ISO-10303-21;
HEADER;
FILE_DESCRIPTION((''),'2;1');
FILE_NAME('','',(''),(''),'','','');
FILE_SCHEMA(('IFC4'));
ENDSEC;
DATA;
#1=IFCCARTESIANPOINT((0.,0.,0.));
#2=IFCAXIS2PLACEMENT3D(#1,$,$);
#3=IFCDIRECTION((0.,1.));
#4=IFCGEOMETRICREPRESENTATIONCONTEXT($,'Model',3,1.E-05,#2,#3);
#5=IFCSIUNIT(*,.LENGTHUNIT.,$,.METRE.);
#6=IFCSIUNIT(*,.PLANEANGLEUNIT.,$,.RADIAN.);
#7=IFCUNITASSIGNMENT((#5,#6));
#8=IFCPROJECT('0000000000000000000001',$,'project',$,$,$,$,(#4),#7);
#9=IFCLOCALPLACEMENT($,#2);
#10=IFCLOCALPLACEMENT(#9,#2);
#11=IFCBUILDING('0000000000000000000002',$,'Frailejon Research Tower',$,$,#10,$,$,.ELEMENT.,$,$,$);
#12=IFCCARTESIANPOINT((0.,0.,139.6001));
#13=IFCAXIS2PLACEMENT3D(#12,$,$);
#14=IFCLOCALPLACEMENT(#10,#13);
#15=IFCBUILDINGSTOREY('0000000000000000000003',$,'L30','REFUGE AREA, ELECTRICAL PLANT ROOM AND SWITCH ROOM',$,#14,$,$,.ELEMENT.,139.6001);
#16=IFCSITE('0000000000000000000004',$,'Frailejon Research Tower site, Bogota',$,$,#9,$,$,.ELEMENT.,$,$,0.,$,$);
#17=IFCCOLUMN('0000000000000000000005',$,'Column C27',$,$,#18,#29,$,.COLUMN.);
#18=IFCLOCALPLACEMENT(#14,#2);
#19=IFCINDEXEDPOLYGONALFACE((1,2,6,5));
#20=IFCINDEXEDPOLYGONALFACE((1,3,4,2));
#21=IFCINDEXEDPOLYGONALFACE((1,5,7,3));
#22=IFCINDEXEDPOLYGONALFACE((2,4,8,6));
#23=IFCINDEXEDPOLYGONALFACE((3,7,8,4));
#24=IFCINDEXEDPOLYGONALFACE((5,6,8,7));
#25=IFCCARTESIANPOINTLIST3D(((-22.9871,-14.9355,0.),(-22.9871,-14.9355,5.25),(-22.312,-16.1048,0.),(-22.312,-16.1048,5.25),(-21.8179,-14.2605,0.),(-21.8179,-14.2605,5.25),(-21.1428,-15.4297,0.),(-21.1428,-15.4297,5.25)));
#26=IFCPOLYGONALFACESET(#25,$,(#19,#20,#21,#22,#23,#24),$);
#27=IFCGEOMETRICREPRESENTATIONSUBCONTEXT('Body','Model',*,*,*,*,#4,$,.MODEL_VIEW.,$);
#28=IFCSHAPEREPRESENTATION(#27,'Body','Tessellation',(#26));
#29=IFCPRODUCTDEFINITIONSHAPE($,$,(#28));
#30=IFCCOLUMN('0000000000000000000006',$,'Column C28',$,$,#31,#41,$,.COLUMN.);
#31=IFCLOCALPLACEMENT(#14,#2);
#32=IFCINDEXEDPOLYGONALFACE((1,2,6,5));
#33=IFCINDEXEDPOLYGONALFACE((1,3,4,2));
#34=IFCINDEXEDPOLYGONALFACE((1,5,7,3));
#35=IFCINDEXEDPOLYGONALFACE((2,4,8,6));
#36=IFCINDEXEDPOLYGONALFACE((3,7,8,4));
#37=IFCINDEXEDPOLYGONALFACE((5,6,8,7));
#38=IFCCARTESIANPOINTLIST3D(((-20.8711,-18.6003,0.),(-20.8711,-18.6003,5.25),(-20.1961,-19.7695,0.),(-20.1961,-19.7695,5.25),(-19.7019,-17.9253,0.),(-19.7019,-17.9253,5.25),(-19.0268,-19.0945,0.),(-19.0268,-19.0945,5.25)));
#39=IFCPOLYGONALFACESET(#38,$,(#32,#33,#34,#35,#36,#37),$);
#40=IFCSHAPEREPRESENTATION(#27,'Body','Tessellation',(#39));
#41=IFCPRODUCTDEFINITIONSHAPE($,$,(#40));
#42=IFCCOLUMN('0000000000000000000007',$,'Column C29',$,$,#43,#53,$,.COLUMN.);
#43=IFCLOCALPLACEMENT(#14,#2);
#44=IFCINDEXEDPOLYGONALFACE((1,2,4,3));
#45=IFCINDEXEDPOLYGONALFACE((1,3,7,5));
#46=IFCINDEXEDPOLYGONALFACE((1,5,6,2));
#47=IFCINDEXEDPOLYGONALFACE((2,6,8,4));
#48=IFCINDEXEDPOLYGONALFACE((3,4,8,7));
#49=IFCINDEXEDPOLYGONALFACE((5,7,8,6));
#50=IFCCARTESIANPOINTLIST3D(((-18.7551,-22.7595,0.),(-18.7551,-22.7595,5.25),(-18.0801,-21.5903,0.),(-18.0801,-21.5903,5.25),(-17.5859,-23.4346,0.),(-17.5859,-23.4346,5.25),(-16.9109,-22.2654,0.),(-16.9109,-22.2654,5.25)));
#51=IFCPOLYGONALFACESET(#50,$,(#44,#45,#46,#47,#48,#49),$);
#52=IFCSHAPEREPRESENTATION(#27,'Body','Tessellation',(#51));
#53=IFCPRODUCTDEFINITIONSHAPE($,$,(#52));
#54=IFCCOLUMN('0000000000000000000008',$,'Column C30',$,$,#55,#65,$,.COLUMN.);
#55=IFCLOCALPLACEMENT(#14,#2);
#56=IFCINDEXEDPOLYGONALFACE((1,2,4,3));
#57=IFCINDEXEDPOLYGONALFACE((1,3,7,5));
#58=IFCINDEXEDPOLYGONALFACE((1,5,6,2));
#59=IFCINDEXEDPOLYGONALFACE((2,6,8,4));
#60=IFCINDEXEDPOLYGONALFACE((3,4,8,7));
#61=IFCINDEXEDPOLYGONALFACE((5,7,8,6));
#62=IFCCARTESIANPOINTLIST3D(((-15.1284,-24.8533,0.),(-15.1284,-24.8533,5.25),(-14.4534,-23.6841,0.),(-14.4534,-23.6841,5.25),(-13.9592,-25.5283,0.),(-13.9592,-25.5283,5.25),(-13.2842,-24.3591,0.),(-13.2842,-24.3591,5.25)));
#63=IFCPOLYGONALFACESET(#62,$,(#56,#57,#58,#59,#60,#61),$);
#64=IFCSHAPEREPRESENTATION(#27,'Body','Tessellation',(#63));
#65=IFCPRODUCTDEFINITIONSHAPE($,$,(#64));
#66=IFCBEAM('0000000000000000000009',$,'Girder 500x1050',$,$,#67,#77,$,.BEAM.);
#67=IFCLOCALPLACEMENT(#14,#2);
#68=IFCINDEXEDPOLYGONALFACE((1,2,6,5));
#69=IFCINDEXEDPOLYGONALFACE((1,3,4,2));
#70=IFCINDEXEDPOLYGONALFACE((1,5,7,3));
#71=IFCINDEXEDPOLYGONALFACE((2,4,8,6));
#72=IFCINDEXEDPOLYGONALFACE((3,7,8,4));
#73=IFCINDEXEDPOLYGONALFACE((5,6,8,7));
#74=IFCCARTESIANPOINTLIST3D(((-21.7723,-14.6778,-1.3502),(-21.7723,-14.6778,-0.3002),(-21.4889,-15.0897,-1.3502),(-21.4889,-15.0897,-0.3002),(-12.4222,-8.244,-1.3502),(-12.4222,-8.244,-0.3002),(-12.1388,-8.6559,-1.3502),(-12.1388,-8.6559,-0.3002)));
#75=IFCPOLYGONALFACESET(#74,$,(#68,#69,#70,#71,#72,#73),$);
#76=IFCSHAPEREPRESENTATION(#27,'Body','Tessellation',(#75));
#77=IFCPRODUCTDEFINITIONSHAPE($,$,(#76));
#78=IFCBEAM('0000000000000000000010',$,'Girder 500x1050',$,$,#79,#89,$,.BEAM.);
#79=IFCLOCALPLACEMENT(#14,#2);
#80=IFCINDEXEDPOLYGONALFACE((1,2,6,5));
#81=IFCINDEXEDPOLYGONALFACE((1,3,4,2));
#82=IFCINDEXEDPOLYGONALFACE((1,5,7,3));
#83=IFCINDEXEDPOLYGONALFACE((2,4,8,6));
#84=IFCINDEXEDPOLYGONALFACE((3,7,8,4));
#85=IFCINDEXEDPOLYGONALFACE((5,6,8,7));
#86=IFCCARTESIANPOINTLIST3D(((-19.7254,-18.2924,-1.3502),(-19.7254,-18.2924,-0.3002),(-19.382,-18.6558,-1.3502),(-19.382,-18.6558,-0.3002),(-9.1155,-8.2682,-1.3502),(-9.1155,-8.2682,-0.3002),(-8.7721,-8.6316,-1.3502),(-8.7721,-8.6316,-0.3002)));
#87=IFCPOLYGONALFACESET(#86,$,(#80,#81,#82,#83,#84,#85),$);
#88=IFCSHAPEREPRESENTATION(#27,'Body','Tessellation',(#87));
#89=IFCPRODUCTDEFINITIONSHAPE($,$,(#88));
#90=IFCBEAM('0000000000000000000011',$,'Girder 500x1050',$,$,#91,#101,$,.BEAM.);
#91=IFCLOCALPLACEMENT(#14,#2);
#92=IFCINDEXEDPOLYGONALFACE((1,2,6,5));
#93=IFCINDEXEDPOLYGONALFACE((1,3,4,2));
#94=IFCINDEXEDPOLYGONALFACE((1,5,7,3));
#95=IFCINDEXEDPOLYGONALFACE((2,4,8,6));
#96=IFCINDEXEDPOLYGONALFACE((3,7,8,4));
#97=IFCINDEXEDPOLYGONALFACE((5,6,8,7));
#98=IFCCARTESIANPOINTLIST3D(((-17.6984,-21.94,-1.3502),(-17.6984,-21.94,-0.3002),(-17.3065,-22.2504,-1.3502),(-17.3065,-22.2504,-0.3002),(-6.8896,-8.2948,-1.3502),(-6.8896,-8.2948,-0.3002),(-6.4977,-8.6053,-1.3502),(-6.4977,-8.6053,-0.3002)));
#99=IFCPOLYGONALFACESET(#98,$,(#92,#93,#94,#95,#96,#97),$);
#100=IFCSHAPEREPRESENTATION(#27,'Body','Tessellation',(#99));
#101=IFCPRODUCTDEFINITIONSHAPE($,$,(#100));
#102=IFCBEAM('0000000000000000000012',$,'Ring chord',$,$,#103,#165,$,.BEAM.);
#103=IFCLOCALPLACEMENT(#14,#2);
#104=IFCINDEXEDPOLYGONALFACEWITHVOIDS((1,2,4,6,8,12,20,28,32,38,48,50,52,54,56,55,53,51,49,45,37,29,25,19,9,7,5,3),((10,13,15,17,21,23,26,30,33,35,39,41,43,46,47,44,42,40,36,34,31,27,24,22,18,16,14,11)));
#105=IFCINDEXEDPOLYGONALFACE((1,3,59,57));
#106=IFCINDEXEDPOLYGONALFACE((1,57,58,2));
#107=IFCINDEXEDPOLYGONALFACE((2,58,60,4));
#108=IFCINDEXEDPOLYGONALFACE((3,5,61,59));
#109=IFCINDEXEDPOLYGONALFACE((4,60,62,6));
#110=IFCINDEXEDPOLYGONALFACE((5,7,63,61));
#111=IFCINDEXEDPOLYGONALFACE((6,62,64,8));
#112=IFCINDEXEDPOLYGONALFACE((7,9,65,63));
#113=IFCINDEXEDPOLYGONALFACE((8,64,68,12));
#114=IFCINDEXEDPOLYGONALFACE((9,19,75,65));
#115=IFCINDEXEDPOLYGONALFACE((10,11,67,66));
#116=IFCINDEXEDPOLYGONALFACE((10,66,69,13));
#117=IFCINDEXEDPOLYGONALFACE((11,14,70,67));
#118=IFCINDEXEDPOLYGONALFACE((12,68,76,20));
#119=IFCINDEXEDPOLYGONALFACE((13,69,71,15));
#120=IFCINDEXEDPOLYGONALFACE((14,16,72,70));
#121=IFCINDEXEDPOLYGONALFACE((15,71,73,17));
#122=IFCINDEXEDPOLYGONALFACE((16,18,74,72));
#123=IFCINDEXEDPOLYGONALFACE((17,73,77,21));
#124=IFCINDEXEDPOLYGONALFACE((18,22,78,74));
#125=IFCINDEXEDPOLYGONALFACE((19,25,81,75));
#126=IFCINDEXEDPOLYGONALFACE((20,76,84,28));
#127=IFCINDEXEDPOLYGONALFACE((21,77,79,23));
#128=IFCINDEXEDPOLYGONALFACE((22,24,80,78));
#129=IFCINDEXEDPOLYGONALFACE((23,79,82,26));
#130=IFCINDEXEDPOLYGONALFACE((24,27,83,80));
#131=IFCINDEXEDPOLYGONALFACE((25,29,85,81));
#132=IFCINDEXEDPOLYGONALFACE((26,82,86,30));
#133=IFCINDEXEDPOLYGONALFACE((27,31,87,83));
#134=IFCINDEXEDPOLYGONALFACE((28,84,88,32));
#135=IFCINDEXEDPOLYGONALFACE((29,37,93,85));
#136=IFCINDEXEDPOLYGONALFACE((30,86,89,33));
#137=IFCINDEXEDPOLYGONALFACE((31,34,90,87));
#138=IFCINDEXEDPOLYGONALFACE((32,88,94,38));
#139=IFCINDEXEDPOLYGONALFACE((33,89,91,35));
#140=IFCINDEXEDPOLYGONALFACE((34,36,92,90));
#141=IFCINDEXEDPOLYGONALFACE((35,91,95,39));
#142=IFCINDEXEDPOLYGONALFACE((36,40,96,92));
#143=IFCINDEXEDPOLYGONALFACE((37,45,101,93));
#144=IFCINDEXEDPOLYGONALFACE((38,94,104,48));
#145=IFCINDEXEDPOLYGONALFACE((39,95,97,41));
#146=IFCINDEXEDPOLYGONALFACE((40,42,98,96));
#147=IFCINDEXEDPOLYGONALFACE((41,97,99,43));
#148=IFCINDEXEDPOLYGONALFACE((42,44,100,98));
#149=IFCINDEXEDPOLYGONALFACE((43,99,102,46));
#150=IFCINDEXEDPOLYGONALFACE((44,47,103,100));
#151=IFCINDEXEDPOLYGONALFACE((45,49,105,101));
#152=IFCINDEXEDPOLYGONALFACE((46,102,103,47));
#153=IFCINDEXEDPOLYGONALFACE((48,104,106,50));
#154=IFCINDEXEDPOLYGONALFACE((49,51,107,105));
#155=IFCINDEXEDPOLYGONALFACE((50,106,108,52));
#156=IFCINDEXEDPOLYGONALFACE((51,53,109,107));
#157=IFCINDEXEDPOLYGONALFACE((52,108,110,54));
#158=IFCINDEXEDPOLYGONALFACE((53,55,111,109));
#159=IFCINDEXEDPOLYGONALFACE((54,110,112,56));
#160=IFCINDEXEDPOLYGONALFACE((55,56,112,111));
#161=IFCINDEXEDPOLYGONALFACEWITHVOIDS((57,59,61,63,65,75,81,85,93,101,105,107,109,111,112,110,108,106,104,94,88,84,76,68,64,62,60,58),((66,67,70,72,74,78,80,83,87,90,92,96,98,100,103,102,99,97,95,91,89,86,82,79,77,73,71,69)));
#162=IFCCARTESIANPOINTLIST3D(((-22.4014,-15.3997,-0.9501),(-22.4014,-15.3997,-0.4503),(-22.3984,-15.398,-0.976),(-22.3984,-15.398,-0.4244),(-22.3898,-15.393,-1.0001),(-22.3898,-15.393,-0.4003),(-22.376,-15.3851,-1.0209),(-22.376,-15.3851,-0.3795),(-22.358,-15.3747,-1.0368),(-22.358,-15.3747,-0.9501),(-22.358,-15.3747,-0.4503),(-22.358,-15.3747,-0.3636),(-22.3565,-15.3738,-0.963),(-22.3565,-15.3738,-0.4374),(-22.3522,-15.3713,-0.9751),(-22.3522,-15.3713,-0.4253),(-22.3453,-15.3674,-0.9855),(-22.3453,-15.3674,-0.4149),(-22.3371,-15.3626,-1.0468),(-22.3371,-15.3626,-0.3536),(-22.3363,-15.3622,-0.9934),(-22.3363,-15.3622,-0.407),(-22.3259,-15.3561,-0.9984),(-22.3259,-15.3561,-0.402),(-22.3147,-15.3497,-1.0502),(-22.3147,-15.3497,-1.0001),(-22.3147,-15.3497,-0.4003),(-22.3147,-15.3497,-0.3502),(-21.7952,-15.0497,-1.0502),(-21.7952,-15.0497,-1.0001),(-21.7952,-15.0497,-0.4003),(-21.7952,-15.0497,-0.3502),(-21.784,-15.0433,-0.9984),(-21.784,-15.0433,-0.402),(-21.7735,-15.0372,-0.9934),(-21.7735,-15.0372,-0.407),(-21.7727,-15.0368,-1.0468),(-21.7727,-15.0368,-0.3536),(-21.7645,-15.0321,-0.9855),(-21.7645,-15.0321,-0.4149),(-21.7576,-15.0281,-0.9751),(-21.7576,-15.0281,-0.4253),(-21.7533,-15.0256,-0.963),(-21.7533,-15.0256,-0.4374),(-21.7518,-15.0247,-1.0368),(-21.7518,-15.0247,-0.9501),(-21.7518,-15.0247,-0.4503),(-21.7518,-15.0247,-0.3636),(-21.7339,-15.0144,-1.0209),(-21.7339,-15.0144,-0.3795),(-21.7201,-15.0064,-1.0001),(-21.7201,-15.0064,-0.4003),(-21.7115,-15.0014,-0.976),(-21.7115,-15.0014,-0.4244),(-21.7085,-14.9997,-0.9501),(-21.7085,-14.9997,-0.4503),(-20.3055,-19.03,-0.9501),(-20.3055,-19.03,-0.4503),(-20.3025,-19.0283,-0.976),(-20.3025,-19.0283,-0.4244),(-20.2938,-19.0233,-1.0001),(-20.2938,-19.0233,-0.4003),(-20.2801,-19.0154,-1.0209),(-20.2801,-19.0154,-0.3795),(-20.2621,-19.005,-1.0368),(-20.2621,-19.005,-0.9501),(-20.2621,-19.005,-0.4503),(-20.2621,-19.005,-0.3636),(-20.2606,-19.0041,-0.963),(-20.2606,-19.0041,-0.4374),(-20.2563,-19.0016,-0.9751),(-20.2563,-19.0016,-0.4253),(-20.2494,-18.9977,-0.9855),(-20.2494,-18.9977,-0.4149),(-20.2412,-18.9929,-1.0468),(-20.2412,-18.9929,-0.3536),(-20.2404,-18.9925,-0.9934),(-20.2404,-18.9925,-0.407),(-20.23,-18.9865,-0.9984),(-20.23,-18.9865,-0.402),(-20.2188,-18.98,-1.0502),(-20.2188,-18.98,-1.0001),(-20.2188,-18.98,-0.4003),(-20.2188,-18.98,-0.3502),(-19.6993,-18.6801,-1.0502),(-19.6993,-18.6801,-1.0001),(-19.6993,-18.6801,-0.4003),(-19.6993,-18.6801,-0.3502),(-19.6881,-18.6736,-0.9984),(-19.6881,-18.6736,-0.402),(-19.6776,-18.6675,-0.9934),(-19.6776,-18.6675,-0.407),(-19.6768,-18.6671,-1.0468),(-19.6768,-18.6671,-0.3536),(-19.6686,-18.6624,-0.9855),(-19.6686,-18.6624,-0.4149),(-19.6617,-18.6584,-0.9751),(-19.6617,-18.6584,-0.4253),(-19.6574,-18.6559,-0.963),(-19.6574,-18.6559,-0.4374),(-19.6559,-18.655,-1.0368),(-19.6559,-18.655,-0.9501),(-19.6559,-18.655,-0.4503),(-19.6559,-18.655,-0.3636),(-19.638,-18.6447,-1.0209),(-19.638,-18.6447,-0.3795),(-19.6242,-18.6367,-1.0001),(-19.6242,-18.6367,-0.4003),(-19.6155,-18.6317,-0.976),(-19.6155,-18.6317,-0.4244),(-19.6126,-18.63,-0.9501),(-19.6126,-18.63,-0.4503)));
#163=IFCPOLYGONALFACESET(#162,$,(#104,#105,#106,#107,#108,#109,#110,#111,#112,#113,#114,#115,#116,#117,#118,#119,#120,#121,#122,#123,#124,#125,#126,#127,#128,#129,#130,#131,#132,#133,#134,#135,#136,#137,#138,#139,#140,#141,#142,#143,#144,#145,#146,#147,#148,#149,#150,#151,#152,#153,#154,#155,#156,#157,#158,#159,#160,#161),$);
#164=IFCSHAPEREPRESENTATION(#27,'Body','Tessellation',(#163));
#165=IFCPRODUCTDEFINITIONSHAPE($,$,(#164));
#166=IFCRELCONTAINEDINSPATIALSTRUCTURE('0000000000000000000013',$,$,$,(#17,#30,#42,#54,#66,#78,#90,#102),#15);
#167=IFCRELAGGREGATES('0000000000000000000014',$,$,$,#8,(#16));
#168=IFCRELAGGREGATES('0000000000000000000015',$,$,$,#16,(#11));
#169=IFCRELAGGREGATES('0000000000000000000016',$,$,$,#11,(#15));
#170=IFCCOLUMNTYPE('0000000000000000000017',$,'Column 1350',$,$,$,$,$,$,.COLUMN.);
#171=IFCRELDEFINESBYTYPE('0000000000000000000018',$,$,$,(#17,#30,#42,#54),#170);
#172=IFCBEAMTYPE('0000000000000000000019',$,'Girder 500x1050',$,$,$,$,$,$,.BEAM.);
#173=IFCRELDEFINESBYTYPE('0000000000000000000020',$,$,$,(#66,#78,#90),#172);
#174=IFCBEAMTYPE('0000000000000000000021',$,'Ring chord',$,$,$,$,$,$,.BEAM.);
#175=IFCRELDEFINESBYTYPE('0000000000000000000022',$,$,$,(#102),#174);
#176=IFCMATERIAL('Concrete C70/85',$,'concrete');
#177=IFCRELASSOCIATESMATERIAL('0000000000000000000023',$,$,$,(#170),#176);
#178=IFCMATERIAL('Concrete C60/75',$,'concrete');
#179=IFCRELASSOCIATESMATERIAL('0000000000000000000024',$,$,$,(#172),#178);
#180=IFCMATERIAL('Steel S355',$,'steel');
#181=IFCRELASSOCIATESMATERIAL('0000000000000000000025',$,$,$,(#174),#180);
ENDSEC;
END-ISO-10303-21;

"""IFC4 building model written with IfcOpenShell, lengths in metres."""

from ifc_helpers import new_model, si_unit, direction, frame, origin, origin_2d, place, context, subcontext, project, spatial, rectangle, hollow_rectangle, extrude, material, material_profile, profile_set, type_object, element, save


model = new_model("IFC4")

# Units and contexts
model_context = context("Model", 3, precision=1e-05, world=origin(), true_north=direction((0.0, 1.0)))
body_context = subcontext(model_context, "Body", "Model", "MODEL_VIEW")
ifc_project = project(units=[si_unit("LENGTHUNIT", "METRE"), si_unit("PLANEANGLEUNIT", "RADIAN")], contexts=[model_context])

# Site, building, storey
site_placement = place(None, origin())
site = spatial("IfcSite", under=ifc_project, at=site_placement, Name="Frailejon Research Tower site, Bogota", CompositionType="ELEMENT", RefElevation=0.0)
building_placement = place(site_placement, origin())
building = spatial("IfcBuilding", under=site, at=building_placement, Name="Frailejon Research Tower", CompositionType="ELEMENT")
storey_placement = place(building_placement, frame((0.0, 0.0, 139.6001)))
storey = spatial("IfcBuildingStorey", under=building, at=storey_placement, Name="L30", Description="REFUGE AREA, ELECTRICAL PLANT ROOM AND SWITCH ROOM", CompositionType="ELEMENT", Elevation=139.6001)

# Columns
ifc_material_1 = material(Name="Concrete C70/85", Category="concrete")
ifc_material_profile_1 = material_profile(ifc_material_1, rectangle(XDim=1.3501, YDim=1.3501, at=origin_2d()), Name="Column 1350")
ifc_profile_set_1 = profile_set([ifc_material_profile_1], Name="Concrete C70/85")
column_type = type_object("IfcColumnType", Name="Column 1350", PredefinedType="COLUMN", material=ifc_profile_set_1)
for number, where, z_axis, x_axis, name in (
    (1, (-22.0649, -15.1826, 0.0), (0.0, 0.0, 1.0), (0.5, -0.866025, 0.0), "Column C27"),
    (2, (-19.949, -18.8474, 0.0), (0.0, 0.0, 1.0), (0.5, -0.866025, 0.0), "Column C28"),
    (3, (-17.833, -22.5125, 0.0), (0.0, 0.0, 1.0), (0.866025, -0.5, 0.0), "Column C29"),
    (4, (-14.2063, -24.6062, 0.0), (0.0, 0.0, 1.0), (0.866025, -0.5, 0.0), "Column C30"),
):
    element("IfcColumn", number, at=place(storey_placement, frame(where, z_axis=z_axis, x_axis=x_axis)), inside=storey, type_object=column_type, Name=name, PredefinedType="COLUMN", context=body_context, shape_type="SweptSolid", body=[
        extrude(rectangle(XDim=1.3501, YDim=1.3501, at=origin_2d()), origin(), (0.0, 0.0, 1.0), 5.25),
    ])

# Beams
ifc_material_2 = material(Name="Concrete C60/75", Category="concrete")
ifc_material_profile_2 = material_profile(ifc_material_2, rectangle(XDim=0.5, YDim=1.05, at=origin_2d()), Name="Girder 500x1050")
ifc_profile_set_2 = profile_set([ifc_material_profile_2], Name="Concrete C60/75")
beam_type_1 = type_object("IfcBeamType", Name="Girder 500x1050", PredefinedType="BEAM", material=ifc_profile_set_2)
beam_1_placement = place(storey_placement, frame((-21.6306, -14.8838, -0.8252), z_axis=(0.82381, 0.566867, 0.0), x_axis=(-0.566867, 0.82381, 0.0)))
element("IfcBeam", 5, at=beam_1_placement, inside=storey, type_object=beam_type_1, Name="Girder 500x1050", PredefinedType="BEAM", context=body_context, shape_type="SweptSolid", body=[
    extrude(rectangle(XDim=0.5, YDim=1.05, at=origin_2d()), origin(), (0.0, 0.0, 1.0), 11.3499),
])
beam_2_placement = place(storey_placement, frame((-19.5537, -18.4741, -0.8252), z_axis=(0.726885, 0.686759, 0.0), x_axis=(-0.686759, 0.726885, 0.0)))
element("IfcBeam", 6, at=beam_2_placement, inside=storey, type_object=beam_type_1, Name="Girder 500x1050", PredefinedType="BEAM", context=body_context, shape_type="SweptSolid", body=[
    extrude(rectangle(XDim=0.5, YDim=1.05, at=origin_2d()), origin(), (0.0, 0.0, 1.0), 14.5964),
])
beam_3_placement = place(storey_placement, frame((-17.5024, -22.0952, -0.8252), z_axis=(0.620927, 0.783869, 0.0), x_axis=(-0.783869, 0.620927, 0.0)))
element("IfcBeam", 7, at=beam_3_placement, inside=storey, type_object=beam_type_1, Name="Girder 500x1050", PredefinedType="BEAM", context=body_context, shape_type="SweptSolid", body=[
    extrude(rectangle(XDim=0.5, YDim=1.05, at=origin_2d()), origin(), (0.0, 0.0, 1.0), 17.4075),
])
ifc_material_3 = material(Name="Steel S355", Category="steel")
ifc_material_profile_3 = material_profile(ifc_material_3, hollow_rectangle(XDim=0.8, YDim=0.7, WallThickness=0.05, InnerFilletRadius=0.05, OuterFilletRadius=0.1001, at=origin_2d()), Name="Ring chord")
ifc_profile_set_3 = profile_set([ifc_material_profile_3], Name="Steel S355")
beam_type_2 = type_object("IfcBeamType", Name="Ring chord", PredefinedType="BEAM", material=ifc_profile_set_3)
for number, where, z_axis, x_axis, name in (
    (8, (-22.0549, -15.1997, -0.7002), (0.499991, -0.86603, 0.0), (0.86603, 0.499991, 0.0), "Ring chord"),
):
    element("IfcBeam", number, at=place(storey_placement, frame(where, z_axis=z_axis, x_axis=x_axis)), inside=storey, type_object=beam_type_2, Name=name, PredefinedType="BEAM", context=body_context, shape_type="SweptSolid", body=[
        extrude(hollow_rectangle(XDim=0.8, YDim=0.7, WallThickness=0.05, InnerFilletRadius=0.05, OuterFilletRadius=0.1001, at=origin_2d()), origin(), (0.0, 0.0, 1.0), 4.1919),
    ])

save(model, "model.ifc")
